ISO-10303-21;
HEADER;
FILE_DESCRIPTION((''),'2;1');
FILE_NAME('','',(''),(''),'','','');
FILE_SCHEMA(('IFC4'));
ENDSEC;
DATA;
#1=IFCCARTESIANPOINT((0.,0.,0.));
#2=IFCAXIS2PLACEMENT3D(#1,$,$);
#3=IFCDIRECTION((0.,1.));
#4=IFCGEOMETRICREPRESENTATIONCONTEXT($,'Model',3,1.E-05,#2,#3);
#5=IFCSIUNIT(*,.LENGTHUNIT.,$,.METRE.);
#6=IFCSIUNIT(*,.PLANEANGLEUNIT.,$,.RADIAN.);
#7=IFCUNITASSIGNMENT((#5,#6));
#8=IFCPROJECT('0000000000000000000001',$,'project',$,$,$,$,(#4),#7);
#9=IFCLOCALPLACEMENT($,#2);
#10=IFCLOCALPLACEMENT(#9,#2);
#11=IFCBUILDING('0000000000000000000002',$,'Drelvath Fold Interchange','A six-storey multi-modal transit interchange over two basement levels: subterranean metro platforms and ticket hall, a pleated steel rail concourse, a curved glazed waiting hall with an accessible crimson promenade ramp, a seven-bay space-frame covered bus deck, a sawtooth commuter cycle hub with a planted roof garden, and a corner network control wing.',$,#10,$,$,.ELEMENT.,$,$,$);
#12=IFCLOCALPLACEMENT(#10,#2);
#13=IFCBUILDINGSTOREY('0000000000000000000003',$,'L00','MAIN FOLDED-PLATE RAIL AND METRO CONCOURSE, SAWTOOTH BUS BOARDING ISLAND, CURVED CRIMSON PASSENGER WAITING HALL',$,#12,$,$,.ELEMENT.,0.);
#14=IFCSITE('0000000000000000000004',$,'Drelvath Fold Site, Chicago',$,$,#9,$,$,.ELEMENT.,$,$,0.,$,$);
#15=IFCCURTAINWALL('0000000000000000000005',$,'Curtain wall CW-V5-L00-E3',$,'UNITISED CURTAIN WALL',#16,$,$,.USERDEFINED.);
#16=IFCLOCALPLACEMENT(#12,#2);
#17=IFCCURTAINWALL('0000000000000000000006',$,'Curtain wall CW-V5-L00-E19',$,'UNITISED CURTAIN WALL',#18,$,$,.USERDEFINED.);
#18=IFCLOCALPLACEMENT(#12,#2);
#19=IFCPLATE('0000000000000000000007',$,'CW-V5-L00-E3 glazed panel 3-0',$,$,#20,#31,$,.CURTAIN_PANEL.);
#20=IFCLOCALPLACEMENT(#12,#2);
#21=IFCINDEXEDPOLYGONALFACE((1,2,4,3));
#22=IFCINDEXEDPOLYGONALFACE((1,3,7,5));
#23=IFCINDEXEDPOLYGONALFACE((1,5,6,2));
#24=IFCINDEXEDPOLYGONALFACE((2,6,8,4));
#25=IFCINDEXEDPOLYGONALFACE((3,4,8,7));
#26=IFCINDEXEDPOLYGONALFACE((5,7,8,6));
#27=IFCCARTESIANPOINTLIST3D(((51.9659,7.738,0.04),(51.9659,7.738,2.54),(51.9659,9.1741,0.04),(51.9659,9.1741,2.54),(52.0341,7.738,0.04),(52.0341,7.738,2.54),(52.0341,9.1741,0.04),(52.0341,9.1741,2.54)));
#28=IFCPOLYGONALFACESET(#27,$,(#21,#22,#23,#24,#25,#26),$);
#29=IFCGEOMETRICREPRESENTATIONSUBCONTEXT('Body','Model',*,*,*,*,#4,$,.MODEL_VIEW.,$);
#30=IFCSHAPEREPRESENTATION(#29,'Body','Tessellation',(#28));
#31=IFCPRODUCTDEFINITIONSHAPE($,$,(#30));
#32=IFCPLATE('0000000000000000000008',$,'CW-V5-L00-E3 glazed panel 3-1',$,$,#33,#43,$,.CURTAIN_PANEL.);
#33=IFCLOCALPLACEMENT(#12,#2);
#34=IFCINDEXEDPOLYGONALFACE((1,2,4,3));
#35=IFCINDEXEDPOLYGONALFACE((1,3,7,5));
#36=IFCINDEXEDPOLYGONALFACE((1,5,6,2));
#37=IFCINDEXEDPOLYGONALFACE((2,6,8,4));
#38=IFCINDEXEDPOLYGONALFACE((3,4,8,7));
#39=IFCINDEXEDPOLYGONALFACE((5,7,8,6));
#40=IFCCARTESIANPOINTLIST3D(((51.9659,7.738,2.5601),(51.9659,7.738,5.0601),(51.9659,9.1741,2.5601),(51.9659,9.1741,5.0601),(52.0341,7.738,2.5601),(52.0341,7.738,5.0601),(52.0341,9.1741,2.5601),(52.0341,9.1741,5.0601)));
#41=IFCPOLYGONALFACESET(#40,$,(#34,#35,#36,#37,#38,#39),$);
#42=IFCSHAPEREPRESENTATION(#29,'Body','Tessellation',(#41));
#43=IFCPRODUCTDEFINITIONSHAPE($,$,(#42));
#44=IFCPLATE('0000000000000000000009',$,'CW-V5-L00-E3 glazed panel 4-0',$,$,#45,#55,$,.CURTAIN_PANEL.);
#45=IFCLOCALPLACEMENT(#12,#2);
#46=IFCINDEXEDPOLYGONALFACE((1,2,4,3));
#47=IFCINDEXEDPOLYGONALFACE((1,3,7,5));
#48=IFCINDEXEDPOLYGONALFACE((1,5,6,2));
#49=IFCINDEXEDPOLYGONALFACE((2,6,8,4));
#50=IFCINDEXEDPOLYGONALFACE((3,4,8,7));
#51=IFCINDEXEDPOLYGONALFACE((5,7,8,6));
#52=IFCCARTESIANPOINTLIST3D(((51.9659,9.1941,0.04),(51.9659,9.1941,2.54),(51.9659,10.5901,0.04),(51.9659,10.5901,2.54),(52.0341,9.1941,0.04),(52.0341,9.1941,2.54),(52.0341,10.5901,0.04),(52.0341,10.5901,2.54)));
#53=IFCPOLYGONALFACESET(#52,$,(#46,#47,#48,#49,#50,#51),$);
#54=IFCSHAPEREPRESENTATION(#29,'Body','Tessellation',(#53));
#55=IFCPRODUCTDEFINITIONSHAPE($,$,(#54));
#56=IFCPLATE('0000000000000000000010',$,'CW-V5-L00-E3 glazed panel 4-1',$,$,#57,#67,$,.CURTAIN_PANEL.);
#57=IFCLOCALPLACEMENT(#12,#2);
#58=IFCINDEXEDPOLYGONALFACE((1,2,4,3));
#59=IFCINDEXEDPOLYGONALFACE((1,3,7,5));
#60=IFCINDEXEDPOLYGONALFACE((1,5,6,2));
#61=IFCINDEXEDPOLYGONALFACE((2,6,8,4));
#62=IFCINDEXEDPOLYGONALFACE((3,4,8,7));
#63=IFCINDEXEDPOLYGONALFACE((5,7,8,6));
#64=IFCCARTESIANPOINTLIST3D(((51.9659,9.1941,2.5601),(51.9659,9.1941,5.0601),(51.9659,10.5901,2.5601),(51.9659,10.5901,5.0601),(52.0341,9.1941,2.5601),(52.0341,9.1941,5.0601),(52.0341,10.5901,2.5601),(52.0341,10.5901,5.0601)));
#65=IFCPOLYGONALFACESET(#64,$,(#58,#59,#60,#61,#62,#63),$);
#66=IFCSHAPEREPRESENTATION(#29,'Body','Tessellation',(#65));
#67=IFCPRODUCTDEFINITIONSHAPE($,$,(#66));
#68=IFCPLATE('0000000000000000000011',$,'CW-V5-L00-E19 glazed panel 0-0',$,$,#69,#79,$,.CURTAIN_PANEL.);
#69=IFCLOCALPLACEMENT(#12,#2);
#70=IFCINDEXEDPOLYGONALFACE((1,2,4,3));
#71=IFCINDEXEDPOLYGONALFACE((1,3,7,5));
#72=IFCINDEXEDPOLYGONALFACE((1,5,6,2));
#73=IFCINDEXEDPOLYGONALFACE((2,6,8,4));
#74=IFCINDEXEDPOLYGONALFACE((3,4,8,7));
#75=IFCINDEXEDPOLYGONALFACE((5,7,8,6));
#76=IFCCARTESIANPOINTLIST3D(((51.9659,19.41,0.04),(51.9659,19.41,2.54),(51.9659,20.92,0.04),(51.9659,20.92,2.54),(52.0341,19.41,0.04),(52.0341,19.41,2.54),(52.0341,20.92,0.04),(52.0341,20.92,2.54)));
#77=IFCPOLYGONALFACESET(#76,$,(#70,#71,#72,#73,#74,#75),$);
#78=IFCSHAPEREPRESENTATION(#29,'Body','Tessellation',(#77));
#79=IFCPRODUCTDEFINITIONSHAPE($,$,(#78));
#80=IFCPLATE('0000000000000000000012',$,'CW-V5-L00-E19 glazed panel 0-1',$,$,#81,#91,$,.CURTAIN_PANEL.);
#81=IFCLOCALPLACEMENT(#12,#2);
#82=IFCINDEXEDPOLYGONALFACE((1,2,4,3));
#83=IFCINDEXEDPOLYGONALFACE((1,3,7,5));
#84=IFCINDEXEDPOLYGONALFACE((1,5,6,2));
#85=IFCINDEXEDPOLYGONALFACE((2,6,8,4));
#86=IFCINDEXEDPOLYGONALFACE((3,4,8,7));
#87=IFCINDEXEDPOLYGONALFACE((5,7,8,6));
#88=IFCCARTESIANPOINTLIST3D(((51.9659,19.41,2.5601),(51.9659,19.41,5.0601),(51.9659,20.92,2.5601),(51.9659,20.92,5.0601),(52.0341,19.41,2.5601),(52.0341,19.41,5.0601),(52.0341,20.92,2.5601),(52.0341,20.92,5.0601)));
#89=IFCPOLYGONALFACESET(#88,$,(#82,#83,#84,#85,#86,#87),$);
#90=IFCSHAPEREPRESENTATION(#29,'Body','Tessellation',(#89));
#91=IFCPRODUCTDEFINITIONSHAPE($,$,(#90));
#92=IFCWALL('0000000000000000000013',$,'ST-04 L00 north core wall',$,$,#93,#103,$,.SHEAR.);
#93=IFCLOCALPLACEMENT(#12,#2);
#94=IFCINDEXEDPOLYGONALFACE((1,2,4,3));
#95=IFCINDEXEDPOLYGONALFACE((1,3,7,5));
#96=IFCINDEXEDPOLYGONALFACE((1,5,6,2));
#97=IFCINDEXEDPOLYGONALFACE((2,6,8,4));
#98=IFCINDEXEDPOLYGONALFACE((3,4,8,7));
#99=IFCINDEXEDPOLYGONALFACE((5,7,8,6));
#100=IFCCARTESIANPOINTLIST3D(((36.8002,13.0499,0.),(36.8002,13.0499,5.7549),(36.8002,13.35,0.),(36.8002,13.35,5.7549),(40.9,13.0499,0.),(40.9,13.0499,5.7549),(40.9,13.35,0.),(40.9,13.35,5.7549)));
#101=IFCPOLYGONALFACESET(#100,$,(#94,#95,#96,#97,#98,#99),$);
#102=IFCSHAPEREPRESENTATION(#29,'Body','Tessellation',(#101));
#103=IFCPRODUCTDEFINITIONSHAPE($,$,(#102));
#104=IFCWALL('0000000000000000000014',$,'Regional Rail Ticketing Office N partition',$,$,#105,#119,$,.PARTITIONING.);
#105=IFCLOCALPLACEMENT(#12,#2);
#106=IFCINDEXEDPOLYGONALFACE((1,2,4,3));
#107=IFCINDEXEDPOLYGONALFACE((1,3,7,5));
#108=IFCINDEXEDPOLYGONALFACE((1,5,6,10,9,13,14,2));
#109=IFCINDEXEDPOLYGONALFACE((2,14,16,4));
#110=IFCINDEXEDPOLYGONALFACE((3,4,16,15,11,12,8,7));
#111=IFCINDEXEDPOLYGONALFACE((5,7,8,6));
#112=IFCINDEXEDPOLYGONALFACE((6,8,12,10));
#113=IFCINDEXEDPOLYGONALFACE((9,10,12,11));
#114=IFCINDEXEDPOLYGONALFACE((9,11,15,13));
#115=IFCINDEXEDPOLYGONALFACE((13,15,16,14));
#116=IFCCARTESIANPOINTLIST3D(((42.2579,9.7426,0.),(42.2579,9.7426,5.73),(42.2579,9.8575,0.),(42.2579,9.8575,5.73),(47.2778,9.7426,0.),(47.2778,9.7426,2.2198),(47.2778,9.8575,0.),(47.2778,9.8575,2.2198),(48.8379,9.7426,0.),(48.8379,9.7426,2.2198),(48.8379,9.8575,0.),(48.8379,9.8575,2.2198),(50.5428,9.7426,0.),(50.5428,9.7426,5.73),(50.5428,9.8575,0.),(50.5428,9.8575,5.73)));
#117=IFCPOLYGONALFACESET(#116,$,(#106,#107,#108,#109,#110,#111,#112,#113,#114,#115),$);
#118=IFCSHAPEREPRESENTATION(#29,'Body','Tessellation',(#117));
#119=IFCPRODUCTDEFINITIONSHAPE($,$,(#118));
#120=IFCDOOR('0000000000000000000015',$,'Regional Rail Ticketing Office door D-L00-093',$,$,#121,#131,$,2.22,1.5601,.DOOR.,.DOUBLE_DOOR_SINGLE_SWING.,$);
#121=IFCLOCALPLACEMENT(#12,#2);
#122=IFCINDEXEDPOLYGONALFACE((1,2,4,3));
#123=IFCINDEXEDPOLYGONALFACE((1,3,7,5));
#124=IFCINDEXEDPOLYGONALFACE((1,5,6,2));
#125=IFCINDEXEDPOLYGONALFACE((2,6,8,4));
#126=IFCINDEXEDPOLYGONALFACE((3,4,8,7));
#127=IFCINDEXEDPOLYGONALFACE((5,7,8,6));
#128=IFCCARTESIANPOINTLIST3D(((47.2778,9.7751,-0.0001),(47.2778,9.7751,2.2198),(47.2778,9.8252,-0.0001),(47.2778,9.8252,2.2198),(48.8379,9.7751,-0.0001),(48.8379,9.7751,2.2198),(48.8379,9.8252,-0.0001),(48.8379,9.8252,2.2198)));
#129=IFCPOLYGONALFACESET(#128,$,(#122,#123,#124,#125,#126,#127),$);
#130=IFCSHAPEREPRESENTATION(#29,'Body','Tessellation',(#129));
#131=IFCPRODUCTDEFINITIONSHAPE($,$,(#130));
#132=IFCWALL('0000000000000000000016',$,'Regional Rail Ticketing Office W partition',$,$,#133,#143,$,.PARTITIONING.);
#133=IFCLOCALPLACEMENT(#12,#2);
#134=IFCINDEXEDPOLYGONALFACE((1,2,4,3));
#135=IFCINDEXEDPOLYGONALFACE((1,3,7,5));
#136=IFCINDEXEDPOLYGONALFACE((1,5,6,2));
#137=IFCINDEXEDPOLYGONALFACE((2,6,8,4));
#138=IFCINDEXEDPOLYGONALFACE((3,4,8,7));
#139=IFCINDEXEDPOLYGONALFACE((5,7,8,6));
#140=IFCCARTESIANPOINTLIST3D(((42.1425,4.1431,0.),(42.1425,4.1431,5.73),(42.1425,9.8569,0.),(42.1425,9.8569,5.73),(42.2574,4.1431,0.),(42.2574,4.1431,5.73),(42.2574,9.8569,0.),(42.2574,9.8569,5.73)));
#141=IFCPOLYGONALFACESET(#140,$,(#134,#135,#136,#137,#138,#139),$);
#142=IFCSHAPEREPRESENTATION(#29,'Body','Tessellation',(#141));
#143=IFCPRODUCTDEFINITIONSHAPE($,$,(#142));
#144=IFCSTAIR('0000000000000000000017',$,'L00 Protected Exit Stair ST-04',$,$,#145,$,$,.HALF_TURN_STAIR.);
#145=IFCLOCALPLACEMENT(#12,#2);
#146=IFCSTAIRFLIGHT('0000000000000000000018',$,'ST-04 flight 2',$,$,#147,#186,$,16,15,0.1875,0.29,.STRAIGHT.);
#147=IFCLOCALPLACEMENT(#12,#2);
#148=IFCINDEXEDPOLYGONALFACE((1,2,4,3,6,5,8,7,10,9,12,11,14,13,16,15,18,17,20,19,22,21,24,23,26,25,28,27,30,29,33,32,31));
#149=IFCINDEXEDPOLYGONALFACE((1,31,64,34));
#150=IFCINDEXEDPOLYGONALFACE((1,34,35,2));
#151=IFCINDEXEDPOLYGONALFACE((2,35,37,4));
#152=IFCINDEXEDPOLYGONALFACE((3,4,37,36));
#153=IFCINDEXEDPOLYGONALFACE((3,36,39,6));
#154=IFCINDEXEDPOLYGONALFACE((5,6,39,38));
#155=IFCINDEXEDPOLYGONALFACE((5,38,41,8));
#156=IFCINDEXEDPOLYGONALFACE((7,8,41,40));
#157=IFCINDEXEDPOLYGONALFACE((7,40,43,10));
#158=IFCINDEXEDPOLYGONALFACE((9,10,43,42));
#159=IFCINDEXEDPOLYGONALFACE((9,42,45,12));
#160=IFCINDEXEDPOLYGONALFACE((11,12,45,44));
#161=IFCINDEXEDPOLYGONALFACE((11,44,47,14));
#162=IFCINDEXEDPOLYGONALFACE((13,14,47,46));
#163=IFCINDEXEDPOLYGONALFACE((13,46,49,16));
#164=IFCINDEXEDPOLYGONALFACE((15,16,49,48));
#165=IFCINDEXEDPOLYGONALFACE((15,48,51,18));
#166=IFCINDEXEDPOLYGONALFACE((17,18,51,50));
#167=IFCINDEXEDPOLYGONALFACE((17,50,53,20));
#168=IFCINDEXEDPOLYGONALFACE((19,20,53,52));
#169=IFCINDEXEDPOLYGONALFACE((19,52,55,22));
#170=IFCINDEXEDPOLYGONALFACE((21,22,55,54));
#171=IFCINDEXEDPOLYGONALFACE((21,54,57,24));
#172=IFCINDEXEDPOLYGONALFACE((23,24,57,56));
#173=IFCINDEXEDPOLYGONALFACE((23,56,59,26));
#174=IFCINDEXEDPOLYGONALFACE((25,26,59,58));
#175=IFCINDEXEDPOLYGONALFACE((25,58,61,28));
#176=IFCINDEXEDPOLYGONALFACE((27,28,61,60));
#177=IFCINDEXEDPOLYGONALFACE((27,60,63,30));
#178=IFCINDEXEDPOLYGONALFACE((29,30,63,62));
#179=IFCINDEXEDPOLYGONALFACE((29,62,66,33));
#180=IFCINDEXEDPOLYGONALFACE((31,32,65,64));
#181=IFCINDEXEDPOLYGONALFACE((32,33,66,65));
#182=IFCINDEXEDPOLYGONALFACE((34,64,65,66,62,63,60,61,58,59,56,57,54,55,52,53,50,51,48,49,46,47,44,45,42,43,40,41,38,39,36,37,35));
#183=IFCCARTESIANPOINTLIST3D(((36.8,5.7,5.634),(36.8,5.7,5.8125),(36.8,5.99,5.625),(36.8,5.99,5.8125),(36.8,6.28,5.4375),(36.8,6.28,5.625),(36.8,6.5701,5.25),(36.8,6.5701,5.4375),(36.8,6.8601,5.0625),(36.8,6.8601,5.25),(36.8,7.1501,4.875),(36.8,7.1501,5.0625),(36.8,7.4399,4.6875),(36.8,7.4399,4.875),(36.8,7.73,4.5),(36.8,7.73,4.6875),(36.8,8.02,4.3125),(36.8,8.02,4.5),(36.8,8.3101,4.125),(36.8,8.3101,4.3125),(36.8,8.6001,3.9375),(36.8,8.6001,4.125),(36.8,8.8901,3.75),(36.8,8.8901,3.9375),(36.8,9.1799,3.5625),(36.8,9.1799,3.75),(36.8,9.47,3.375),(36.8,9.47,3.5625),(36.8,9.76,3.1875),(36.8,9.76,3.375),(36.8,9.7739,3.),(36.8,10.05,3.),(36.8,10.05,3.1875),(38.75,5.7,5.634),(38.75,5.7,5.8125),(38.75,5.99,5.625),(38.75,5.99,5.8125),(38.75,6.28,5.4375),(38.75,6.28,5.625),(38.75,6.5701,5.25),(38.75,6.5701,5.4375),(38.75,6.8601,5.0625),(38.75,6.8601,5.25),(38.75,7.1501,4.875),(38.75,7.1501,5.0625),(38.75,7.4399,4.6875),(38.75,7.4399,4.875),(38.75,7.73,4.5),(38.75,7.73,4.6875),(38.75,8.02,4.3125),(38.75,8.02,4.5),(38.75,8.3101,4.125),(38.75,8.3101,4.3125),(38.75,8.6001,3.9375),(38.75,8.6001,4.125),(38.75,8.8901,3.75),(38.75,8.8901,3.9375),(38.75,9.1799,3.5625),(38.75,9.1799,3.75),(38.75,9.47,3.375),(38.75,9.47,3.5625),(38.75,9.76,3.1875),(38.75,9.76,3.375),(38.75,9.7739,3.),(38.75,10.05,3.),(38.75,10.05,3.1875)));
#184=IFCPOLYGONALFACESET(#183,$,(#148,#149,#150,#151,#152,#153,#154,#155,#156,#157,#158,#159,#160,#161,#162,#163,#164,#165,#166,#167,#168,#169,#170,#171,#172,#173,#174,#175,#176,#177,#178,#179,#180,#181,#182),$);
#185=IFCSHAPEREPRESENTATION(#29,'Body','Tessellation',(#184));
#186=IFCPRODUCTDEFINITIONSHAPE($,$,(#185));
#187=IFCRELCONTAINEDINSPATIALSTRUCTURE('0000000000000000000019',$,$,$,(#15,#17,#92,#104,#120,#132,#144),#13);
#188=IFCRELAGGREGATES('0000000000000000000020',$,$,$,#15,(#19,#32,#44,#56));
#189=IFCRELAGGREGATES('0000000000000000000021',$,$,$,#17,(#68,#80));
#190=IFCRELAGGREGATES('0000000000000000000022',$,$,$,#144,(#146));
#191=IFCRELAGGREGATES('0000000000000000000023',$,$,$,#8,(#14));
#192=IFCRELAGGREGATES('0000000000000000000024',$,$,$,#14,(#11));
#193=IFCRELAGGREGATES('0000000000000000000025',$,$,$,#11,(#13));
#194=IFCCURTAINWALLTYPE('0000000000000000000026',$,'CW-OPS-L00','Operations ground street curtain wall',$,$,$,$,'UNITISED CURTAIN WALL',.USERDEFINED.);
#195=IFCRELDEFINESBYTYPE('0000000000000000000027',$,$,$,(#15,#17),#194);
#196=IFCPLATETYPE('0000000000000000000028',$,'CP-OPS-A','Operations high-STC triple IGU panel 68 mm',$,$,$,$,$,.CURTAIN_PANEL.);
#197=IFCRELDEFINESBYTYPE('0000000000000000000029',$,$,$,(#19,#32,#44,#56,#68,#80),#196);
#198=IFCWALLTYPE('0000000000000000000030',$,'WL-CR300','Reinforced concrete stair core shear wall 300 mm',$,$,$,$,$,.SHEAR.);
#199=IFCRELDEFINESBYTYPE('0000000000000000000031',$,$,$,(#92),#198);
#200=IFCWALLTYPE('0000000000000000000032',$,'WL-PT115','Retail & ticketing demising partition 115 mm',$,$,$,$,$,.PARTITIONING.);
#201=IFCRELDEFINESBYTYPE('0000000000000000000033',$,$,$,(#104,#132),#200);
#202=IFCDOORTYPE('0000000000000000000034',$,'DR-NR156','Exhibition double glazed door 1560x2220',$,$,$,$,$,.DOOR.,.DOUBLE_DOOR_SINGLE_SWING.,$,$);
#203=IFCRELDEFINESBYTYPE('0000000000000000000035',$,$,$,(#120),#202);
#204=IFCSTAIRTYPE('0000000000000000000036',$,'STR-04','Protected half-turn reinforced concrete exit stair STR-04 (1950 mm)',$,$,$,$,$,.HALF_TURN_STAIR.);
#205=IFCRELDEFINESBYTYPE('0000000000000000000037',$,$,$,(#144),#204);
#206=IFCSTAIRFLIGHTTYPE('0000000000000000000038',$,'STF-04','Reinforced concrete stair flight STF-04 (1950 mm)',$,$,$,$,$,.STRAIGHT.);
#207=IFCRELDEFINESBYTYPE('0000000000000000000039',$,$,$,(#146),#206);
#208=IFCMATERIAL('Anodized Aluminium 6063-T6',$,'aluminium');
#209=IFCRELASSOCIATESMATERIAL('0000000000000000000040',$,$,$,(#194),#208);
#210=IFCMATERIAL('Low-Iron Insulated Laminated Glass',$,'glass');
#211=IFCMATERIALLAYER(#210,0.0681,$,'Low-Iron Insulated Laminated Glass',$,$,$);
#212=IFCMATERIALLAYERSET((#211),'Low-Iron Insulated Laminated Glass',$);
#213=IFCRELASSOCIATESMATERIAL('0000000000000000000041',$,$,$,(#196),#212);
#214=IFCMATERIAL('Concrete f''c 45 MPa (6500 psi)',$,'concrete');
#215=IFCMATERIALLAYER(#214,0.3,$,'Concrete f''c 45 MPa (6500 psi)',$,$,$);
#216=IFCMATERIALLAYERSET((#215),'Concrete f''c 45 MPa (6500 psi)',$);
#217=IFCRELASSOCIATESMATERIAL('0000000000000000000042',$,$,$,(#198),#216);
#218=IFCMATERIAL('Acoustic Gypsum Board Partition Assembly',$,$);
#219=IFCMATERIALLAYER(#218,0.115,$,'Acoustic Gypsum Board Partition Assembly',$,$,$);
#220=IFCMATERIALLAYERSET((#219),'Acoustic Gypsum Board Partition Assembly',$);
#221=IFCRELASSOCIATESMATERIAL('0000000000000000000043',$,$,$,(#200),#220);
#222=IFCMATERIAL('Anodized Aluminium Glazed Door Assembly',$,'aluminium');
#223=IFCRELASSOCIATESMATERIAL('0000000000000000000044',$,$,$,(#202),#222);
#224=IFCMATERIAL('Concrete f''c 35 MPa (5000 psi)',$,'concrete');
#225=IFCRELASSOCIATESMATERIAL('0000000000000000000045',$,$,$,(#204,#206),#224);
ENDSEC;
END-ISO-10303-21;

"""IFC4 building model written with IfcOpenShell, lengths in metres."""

from ifc_helpers import new_model, si_unit, direction, frame, frame_2d, origin, origin_2d, place, context, subcontext, project, spatial, polyline, rectangle, outline, extrude, material, layer, layer_set, type_object, element, fill, aggregate, save


model = new_model("IFC4")

# Units and contexts
model_context = context("Model", 3, precision=1e-05, world=origin(), true_north=direction((0.0, 1.0)))
body_context = subcontext(model_context, "Body", "Model", "MODEL_VIEW")
ifc_project = project(units=[si_unit("LENGTHUNIT", "METRE"), si_unit("PLANEANGLEUNIT", "RADIAN")], contexts=[model_context])

# Site, building, storey
site_placement = place(None, origin())
site = spatial("IfcSite", under=ifc_project, at=site_placement, Name="Drelvath Fold Site, Chicago", CompositionType="ELEMENT", RefElevation=0.0)
building_placement = place(site_placement, origin())
building = spatial("IfcBuilding", under=site, at=building_placement, Name="Drelvath Fold Interchange", Description="A six-storey multi-modal transit interchange over two basement levels: subterranean metro platforms and ticket hall, a pleated steel rail concourse, a curved glazed waiting hall with an accessible crimson promenade ramp, a seven-bay space-frame covered bus deck, a sawtooth commuter cycle hub with a planted roof garden, and a corner network control wing.", CompositionType="ELEMENT")
storey_placement = place(building_placement, origin())
storey = spatial("IfcBuildingStorey", under=building, at=storey_placement, Name="L00", Description="MAIN FOLDED-PLATE RAIL AND METRO CONCOURSE, SAWTOOTH BUS BOARDING ISLAND, CURVED CRIMSON PASSENGER WAITING HALL", CompositionType="ELEMENT", Elevation=0.0)

# Curtain walls
ifc_material_1 = material(Name="Anodized Aluminium 6063-T6", Category="aluminium")
curtain_wall_type = type_object("IfcCurtainWallType", Name="CW-OPS-L00", Description="Operations ground street curtain wall", ElementType="UNITISED CURTAIN WALL", PredefinedType="USERDEFINED", material=ifc_material_1)
curtain_wall_1_placement = place(storey_placement, origin())
curtain_wall_1 = element("IfcCurtainWall", 1, at=curtain_wall_1_placement, inside=storey, type_object=curtain_wall_type, Name="Curtain wall CW-V5-L00-E3", ObjectType="UNITISED CURTAIN WALL", PredefinedType="USERDEFINED")
curtain_wall_2_placement = place(storey_placement, origin())
curtain_wall_2 = element("IfcCurtainWall", 2, at=curtain_wall_2_placement, inside=storey, type_object=curtain_wall_type, Name="Curtain wall CW-V5-L00-E19", ObjectType="UNITISED CURTAIN WALL", PredefinedType="USERDEFINED")

# Plates
ifc_material_2 = material(Name="Low-Iron Insulated Laminated Glass", Category="glass")
ifc_layer_1 = layer(ifc_material_2, 0.0681, Name="Low-Iron Insulated Laminated Glass")
ifc_layer_set_1 = layer_set([ifc_layer_1], Name="Low-Iron Insulated Laminated Glass")
plate_type = type_object("IfcPlateType", Name="CP-OPS-A", Description="Operations high-STC triple IGU panel 68 mm", PredefinedType="CURTAIN_PANEL", material=ifc_layer_set_1)
plate_1_placement = place(storey_placement, frame((52.0, 8.4561, 0.04), z_axis=(0.0, 0.0, 1.0), x_axis=(0.0, 1.0, 0.0)))
plate_1 = element("IfcPlate", 3, at=plate_1_placement, type_object=plate_type, Name="CW-V5-L00-E3 glazed panel 3-0", PredefinedType="CURTAIN_PANEL", context=body_context, shape_type="SweptSolid", body=[
    extrude(rectangle(XDim=1.436, YDim=0.0681, at=origin_2d()), origin(), (0.0, 0.0, 1.0), 2.5),
])
plate_2_placement = place(storey_placement, frame((52.0, 8.4561, 2.5601), z_axis=(0.0, 0.0, 1.0), x_axis=(0.0, 1.0, 0.0)))
plate_2 = element("IfcPlate", 4, at=plate_2_placement, type_object=plate_type, Name="CW-V5-L00-E3 glazed panel 3-1", PredefinedType="CURTAIN_PANEL", context=body_context, shape_type="SweptSolid", body=[
    extrude(rectangle(XDim=1.436, YDim=0.0681, at=origin_2d()), origin(), (0.0, 0.0, 1.0), 2.5),
])
plate_3_placement = place(storey_placement, frame((52.0, 9.8921, 0.04), z_axis=(0.0, 0.0, 1.0), x_axis=(0.0, 1.0, 0.0)))
plate_3 = element("IfcPlate", 5, at=plate_3_placement, type_object=plate_type, Name="CW-V5-L00-E3 glazed panel 4-0", PredefinedType="CURTAIN_PANEL", context=body_context, shape_type="SweptSolid", body=[
    extrude(rectangle(XDim=1.396, YDim=0.0681, at=origin_2d()), origin(), (0.0, 0.0, 1.0), 2.5),
])
plate_4_placement = place(storey_placement, frame((52.0, 9.8921, 2.5601), z_axis=(0.0, 0.0, 1.0), x_axis=(0.0, 1.0, 0.0)))
plate_4 = element("IfcPlate", 6, at=plate_4_placement, type_object=plate_type, Name="CW-V5-L00-E3 glazed panel 4-1", PredefinedType="CURTAIN_PANEL", context=body_context, shape_type="SweptSolid", body=[
    extrude(rectangle(XDim=1.396, YDim=0.0681, at=origin_2d()), origin(), (0.0, 0.0, 1.0), 2.5),
])
aggregate(curtain_wall_1, [plate_1, plate_2, plate_3, plate_4])
plate_5_placement = place(storey_placement, frame((52.0, 20.165, 0.04), z_axis=(0.0, 0.0, 1.0), x_axis=(0.0, 1.0, 0.0)))
plate_5 = element("IfcPlate", 7, at=plate_5_placement, type_object=plate_type, Name="CW-V5-L00-E19 glazed panel 0-0", PredefinedType="CURTAIN_PANEL", context=body_context, shape_type="SweptSolid", body=[
    extrude(rectangle(XDim=1.51, YDim=0.0681, at=origin_2d()), origin(), (0.0, 0.0, 1.0), 2.5),
])
plate_6_placement = place(storey_placement, frame((52.0, 20.165, 2.5601), z_axis=(0.0, 0.0, 1.0), x_axis=(0.0, 1.0, 0.0)))
plate_6 = element("IfcPlate", 8, at=plate_6_placement, type_object=plate_type, Name="CW-V5-L00-E19 glazed panel 0-1", PredefinedType="CURTAIN_PANEL", context=body_context, shape_type="SweptSolid", body=[
    extrude(rectangle(XDim=1.51, YDim=0.0681, at=origin_2d()), origin(), (0.0, 0.0, 1.0), 2.5),
])
aggregate(curtain_wall_2, [plate_5, plate_6])

# Wall
ifc_material_3 = material(Name="Concrete f'c 45 MPa (6500 psi)", Category="concrete")
ifc_layer_2 = layer(ifc_material_3, 0.3, Name="Concrete f'c 45 MPa (6500 psi)")
ifc_layer_set_2 = layer_set([ifc_layer_2], Name="Concrete f'c 45 MPa (6500 psi)")
wall_type_1 = type_object("IfcWallType", Name="WL-CR300", Description="Reinforced concrete stair core shear wall 300 mm", PredefinedType="SHEAR", material=ifc_layer_set_2)
wall_1_placement = place(storey_placement, frame((40.8999, 13.2, 0.0), z_axis=(0.0, 0.0, 1.0), x_axis=(-1.0, 0.0, 0.0)))
element("IfcWall", 9, at=wall_1_placement, inside=storey, type_object=wall_type_1, Name="ST-04 L00 north core wall", PredefinedType="SHEAR", context=body_context, shape_type="SweptSolid", body=[
    extrude(rectangle(XDim=4.0999, YDim=0.3, at=frame_2d((2.0498, 0.0))), origin(), (0.0, 0.0, 1.0), 5.7549),
])

# Shared definitions
ifc_material_4 = material(Name="Anodized Aluminium Glazed Door Assembly", Category="aluminium")

# Wall, opening, door
ifc_material_5 = material(Name="Acoustic Gypsum Board Partition Assembly")
ifc_layer_3 = layer(ifc_material_5, 0.115, Name="Acoustic Gypsum Board Partition Assembly")
ifc_layer_set_3 = layer_set([ifc_layer_3], Name="Acoustic Gypsum Board Partition Assembly")
wall_type_2 = type_object("IfcWallType", Name="WL-PT115", Description="Retail & ticketing demising partition 115 mm", PredefinedType="PARTITIONING", material=ifc_layer_set_3)
wall_2_placement = place(storey_placement, frame((50.543, 9.8, 0.0), z_axis=(0.0, 0.0, 1.0), x_axis=(-1.0, 0.0, 0.0)))
wall_2 = element("IfcWall", 10, at=wall_2_placement, inside=storey, type_object=wall_type_2, Name="Regional Rail Ticketing Office N partition", PredefinedType="PARTITIONING", context=body_context, shape_type="SweptSolid", body=[
    extrude(rectangle(XDim=8.2849, YDim=0.115, at=frame_2d((4.1426, 0.0))), origin(), (0.0, 0.0, 1.0), 5.73),
])
opening_1_placement = place(wall_2_placement, frame((1.7051, 0.0, 0.0)))
opening_1 = element("IfcOpeningElement", 11, at=opening_1_placement, cuts=wall_2, PredefinedType="OPENING", context=body_context, shape_type="SweptSolid", body=[
    extrude(rectangle(XDim=1.5601, YDim=2.22, at=frame_2d((0.78, 1.1099))), frame((0.0, 0.0674, 0.0), z_axis=(0.0, -1.0, 0.0), x_axis=(1.0, 0.0, 0.0)), (0.0, 0.0, 1.0), 0.135),
])
door_type_1 = type_object("IfcDoorType", Name="DR-NR156", Description="Exhibition double glazed door 1560x2220", OperationType="DOUBLE_DOOR_SINGLE_SWING", PredefinedType="DOOR", material=ifc_material_4)
door_1_placement = place(opening_1_placement, origin())
door_1 = element("IfcDoor", 12, at=door_1_placement, inside=storey, type_object=door_type_1, Name="Regional Rail Ticketing Office door D-L00-093", OperationType="DOUBLE_DOOR_SINGLE_SWING", OverallHeight=2.22, OverallWidth=1.5601, PredefinedType="DOOR", context=body_context, shape_type="SweptSolid", body=[
    extrude(rectangle(XDim=1.5601, YDim=2.22, at=frame_2d((0.78, 1.1099))), frame((0.0, 0.0249, 0.0), z_axis=(0.0, -1.0, 0.0), x_axis=(1.0, 0.0, 0.0)), (0.0, 0.0, 1.0), 0.05),
])
fill(opening_1, door_1)

# Wall
wall_3_placement = place(storey_placement, frame((42.2, 9.8569, 0.0), z_axis=(0.0, 0.0, 1.0), x_axis=(0.0, -1.0, 0.0)))
element("IfcWall", 13, at=wall_3_placement, inside=storey, type_object=wall_type_2, Name="Regional Rail Ticketing Office W partition", PredefinedType="PARTITIONING", context=body_context, shape_type="SweptSolid", body=[
    extrude(rectangle(XDim=5.7139, YDim=0.115, at=frame_2d((2.8569, 0.0))), origin(), (0.0, 0.0, 1.0), 5.73),
])

# Stair, stair flight
ifc_material_6 = material(Name="Concrete f'c 35 MPa (5000 psi)", Category="concrete")
stair_type = type_object("IfcStairType", Name="STR-04", Description="Protected half-turn reinforced concrete exit stair STR-04 (1950 mm)", PredefinedType="HALF_TURN_STAIR", material=ifc_material_6)
stair_placement = place(storey_placement, origin())
stair = element("IfcStair", 14, at=stair_placement, inside=storey, type_object=stair_type, Name="L00 Protected Exit Stair ST-04", PredefinedType="HALF_TURN_STAIR")
stair_flight_type = type_object("IfcStairFlightType", Name="STF-04", Description="Reinforced concrete stair flight STF-04 (1950 mm)", PredefinedType="STRAIGHT", material=ifc_material_6)
stair_flight_placement = place(storey_placement, frame((37.7749, 10.05, 3.0), z_axis=(0.0, 0.0, 1.0), x_axis=(0.0, -1.0, 0.0)))
stair_flight = element("IfcStairFlight", 15, at=stair_flight_placement, type_object=stair_flight_type, Name="ST-04 flight 2", NumberOfRisers=16, NumberOfTreads=15, PredefinedType="STRAIGHT", RiserHeight=0.1875, TreadLength=0.29, context=body_context, shape_type="SweptSolid", body=[
    extrude(outline(polyline([(0.0, 0.0), (0.0, 0.1875), (0.29, 0.1875), (0.29, 0.375), (0.5801, 0.375), (0.5801, 0.5625), (0.8701, 0.5625), (0.8701, 0.75), (1.1599, 0.75), (1.1599, 0.9375), (1.45, 0.9375), (1.45, 1.125), (1.74, 1.125), (1.74, 1.3125), (2.03, 1.3125), (2.03, 1.5), (2.3201, 1.5), (2.3201, 1.6875), (2.6101, 1.6875), (2.6101, 1.875), (2.8999, 1.875), (2.8999, 2.0625), (3.1899, 2.0625), (3.1899, 2.25), (3.48, 2.25), (3.48, 2.4375), (3.77, 2.4375), (3.77, 2.625), (4.0601, 2.625), (4.0601, 2.8125), (4.3501, 2.8125), (4.3501, 3.0), (4.3501, 2.634), (0.2761, 0.0), (0.0, 0.0)])), frame((0.0, 0.9751, 0.0), z_axis=(0.0, -1.0, 0.0), x_axis=(1.0, 0.0, 0.0)), (0.0, 0.0, 1.0), 1.95),
])
aggregate(stair, [stair_flight])

save(model, "model.ifc")
